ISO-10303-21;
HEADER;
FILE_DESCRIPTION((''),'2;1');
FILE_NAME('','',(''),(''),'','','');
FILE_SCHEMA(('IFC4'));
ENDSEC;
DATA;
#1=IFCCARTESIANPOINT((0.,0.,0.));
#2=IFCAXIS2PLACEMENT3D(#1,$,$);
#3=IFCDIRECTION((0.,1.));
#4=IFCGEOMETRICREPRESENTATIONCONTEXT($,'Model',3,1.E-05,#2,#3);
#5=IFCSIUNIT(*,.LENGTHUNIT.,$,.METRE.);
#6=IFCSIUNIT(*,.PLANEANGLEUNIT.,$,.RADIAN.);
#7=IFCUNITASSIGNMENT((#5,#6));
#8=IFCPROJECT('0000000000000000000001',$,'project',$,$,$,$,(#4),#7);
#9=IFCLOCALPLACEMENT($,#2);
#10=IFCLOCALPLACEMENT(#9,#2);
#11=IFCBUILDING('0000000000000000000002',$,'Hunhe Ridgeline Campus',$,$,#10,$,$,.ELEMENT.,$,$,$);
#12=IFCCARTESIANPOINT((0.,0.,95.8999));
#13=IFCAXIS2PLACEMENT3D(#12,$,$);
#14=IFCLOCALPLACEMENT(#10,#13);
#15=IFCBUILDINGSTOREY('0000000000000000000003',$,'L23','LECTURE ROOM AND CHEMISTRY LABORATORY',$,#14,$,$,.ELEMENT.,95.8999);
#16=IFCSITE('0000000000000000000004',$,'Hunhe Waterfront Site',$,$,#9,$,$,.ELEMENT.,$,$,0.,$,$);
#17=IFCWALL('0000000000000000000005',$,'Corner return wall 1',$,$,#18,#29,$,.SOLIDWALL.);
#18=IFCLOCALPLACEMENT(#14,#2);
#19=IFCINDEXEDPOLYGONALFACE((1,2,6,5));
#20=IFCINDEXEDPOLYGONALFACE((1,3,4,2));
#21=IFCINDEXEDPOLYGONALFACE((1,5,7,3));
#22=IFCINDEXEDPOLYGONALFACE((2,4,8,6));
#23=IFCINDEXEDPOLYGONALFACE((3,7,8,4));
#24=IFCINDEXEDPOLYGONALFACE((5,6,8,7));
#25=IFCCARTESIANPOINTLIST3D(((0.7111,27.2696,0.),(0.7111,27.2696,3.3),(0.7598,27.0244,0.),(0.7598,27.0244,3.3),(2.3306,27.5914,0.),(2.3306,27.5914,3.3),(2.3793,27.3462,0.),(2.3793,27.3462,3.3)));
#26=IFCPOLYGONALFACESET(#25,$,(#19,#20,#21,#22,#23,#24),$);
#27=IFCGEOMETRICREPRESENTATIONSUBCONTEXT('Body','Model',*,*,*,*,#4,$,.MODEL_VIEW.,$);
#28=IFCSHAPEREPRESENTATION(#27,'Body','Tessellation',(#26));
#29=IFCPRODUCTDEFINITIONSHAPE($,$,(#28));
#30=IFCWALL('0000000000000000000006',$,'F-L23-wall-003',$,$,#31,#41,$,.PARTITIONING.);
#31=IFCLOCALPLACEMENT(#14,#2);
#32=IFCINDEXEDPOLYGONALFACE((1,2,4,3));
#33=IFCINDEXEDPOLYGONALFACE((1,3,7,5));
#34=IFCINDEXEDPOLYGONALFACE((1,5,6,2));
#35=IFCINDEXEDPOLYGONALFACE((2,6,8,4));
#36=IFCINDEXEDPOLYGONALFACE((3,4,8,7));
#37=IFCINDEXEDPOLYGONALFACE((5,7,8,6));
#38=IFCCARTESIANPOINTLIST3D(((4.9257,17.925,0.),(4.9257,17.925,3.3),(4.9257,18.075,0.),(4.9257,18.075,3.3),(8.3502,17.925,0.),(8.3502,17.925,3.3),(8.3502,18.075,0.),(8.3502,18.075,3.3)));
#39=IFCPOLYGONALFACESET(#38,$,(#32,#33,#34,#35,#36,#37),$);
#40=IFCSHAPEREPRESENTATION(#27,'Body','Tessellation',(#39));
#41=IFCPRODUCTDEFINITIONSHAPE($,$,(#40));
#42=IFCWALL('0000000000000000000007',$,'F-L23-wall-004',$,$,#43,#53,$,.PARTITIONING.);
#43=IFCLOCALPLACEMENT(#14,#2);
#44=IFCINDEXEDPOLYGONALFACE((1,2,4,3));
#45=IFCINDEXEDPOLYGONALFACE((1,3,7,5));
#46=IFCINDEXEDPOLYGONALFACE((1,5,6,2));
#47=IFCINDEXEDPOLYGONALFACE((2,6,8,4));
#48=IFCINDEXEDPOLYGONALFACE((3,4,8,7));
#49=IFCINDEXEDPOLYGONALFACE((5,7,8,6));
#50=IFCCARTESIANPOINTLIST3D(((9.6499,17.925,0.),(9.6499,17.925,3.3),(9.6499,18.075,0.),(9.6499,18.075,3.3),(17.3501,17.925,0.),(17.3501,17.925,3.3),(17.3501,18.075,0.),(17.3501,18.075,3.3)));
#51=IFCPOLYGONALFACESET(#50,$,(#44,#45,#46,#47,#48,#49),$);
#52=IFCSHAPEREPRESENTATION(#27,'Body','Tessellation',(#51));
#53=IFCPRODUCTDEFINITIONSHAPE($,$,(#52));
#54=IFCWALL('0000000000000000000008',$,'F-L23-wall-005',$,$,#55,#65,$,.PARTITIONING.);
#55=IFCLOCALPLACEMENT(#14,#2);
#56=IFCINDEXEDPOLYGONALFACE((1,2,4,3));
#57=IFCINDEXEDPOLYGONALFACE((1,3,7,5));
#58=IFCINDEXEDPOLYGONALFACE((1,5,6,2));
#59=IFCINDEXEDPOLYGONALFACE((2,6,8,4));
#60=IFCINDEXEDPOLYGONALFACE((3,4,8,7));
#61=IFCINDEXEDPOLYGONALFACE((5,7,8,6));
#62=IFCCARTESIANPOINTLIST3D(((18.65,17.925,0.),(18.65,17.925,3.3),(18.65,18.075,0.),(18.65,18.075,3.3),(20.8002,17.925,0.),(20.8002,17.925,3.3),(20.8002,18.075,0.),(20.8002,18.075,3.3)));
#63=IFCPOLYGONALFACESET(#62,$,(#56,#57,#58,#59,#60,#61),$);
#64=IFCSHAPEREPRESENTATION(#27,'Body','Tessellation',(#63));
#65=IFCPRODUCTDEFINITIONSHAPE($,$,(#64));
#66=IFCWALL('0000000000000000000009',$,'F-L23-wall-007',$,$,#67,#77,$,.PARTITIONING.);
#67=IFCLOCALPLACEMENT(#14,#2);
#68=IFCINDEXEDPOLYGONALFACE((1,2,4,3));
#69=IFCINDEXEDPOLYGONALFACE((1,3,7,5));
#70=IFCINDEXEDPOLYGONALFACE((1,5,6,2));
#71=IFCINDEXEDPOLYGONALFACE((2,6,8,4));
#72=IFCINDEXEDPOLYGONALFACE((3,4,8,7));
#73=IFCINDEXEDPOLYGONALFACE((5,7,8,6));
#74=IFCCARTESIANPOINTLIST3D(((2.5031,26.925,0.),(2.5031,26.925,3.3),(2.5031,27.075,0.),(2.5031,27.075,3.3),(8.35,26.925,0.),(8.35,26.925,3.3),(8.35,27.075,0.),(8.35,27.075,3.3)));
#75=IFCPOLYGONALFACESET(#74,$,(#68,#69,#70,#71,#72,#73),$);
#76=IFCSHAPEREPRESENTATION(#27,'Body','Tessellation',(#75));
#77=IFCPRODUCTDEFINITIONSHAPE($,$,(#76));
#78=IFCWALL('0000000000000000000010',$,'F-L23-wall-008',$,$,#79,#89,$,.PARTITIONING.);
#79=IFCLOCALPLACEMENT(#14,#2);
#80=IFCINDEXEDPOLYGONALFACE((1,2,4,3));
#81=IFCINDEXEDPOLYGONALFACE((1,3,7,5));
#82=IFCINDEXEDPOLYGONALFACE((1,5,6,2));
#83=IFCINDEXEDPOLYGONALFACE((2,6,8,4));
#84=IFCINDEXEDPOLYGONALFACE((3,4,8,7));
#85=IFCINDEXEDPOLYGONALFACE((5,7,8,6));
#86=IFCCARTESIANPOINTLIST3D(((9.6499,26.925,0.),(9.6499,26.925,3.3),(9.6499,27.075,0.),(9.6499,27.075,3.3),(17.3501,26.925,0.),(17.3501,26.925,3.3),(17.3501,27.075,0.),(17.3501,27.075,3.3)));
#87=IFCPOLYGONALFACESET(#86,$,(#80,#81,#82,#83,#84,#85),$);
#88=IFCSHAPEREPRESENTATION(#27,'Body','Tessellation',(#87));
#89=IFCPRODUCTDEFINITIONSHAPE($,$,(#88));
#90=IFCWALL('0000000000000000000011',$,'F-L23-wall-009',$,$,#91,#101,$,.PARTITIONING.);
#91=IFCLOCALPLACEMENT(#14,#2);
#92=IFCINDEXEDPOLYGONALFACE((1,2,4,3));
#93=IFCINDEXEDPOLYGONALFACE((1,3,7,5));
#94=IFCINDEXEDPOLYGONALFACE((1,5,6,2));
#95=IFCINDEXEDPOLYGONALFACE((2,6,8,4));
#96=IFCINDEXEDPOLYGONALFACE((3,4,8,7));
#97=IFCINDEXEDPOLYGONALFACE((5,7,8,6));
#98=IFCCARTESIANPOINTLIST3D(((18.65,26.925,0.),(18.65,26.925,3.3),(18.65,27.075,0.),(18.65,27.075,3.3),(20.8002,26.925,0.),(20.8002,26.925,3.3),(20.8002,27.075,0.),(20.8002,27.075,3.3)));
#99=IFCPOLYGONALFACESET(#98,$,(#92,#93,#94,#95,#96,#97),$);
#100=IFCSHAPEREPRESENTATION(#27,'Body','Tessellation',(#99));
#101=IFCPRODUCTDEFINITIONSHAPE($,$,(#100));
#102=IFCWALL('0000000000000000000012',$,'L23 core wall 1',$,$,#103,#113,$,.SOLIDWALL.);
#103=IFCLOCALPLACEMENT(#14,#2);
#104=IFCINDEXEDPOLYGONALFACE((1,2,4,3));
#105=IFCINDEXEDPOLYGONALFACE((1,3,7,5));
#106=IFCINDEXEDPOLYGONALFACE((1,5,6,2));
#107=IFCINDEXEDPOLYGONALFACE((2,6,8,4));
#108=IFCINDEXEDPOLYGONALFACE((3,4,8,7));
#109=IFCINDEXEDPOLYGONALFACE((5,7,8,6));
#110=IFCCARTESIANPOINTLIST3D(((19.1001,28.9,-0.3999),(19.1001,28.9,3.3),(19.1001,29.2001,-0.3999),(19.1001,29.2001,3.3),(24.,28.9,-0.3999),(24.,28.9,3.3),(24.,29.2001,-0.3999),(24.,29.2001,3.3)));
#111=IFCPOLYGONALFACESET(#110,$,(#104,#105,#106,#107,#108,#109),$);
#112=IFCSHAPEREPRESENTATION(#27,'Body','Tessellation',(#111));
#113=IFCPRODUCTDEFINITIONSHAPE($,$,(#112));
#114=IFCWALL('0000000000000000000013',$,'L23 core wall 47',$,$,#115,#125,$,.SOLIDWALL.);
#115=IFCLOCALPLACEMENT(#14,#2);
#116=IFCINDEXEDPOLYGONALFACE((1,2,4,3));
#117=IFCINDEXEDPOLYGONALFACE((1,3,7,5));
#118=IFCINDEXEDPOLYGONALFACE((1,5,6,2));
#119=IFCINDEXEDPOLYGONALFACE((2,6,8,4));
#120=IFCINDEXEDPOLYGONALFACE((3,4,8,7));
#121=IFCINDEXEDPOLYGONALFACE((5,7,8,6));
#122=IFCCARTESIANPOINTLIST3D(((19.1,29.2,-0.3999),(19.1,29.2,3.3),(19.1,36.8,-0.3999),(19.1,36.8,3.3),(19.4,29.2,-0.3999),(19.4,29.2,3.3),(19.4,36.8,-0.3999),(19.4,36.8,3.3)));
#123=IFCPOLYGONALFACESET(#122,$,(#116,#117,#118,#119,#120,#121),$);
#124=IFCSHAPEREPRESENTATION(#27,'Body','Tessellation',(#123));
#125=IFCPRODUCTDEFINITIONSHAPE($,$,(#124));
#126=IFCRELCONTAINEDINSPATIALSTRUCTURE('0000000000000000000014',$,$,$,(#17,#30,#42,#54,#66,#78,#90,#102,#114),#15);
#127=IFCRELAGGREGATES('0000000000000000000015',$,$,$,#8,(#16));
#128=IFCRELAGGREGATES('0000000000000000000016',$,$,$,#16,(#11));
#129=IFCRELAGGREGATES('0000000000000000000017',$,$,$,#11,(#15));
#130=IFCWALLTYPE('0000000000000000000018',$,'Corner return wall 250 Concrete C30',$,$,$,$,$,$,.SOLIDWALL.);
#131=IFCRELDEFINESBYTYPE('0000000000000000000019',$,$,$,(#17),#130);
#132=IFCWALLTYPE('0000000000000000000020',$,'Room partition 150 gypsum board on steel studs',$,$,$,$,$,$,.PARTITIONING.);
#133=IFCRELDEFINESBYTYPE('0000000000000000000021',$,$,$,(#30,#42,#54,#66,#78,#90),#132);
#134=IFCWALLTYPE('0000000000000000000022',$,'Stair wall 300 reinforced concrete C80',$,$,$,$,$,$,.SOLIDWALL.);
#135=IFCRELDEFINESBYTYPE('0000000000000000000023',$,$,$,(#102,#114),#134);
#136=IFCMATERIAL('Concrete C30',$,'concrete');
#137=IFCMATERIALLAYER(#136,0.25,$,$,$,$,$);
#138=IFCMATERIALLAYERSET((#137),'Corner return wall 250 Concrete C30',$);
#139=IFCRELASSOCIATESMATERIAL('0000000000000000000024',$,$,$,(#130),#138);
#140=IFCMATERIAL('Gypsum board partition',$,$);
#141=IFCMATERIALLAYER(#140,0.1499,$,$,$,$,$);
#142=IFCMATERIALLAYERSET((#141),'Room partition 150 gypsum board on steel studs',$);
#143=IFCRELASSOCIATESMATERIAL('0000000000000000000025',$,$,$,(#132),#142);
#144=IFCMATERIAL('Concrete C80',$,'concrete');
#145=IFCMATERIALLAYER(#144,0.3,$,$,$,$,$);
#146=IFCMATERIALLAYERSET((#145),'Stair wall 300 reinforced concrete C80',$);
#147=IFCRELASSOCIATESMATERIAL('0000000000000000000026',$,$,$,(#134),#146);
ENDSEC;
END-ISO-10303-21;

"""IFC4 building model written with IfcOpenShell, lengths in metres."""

from ifc_helpers import new_model, si_unit, direction, frame, frame_2d, origin, place, context, subcontext, project, spatial, rectangle, extrude, material, layer, layer_set, type_object, element, save


model = new_model("IFC4")

# Units and contexts
model_context = context("Model", 3, precision=1e-05, world=origin(), true_north=direction((0.0, 1.0)))
body_context = subcontext(model_context, "Body", "Model", "MODEL_VIEW")
ifc_project = project(units=[si_unit("LENGTHUNIT", "METRE"), si_unit("PLANEANGLEUNIT", "RADIAN")], contexts=[model_context])

# Site, building, storey
site_placement = place(None, origin())
site = spatial("IfcSite", under=ifc_project, at=site_placement, Name="Hunhe Waterfront Site", CompositionType="ELEMENT", RefElevation=0.0)
building_placement = place(site_placement, origin())
building = spatial("IfcBuilding", under=site, at=building_placement, Name="Hunhe Ridgeline Campus", CompositionType="ELEMENT")
storey_placement = place(building_placement, frame((0.0, 0.0, 95.8999)))
storey = spatial("IfcBuildingStorey", under=building, at=storey_placement, Name="L23", Description="LECTURE ROOM AND CHEMISTRY LABORATORY", CompositionType="ELEMENT", Elevation=95.8999)

# Walls
ifc_material_1 = material(Name="Concrete C30", Category="concrete")
ifc_layer_1 = layer(ifc_material_1, 0.25)
ifc_layer_set_1 = layer_set([ifc_layer_1], Name="Corner return wall 250 Concrete C30")
wall_type_1 = type_object("IfcWallType", Name="Corner return wall 250 Concrete C30", PredefinedType="SOLIDWALL", material=ifc_layer_set_1)
wall_1_placement = place(storey_placement, frame((0.7354, 27.147, 0.0), z_axis=(0.0, 0.0, 1.0), x_axis=(0.980824, 0.194893, 0.0)))
element("IfcWall", 1, at=wall_1_placement, inside=storey, type_object=wall_type_1, Name="Corner return wall 1", PredefinedType="SOLIDWALL", context=body_context, shape_type="SweptSolid", body=[
    extrude(rectangle(XDim=1.6511, YDim=0.25, at=frame_2d((0.8257, 0.0))), origin(), (0.0, 0.0, 1.0), 3.3),
])
ifc_material_2 = material(Name="Gypsum board partition")
ifc_layer_2 = layer(ifc_material_2, 0.1499)
ifc_layer_set_2 = layer_set([ifc_layer_2], Name="Room partition 150 gypsum board on steel studs")
wall_type_2 = type_object("IfcWallType", Name="Room partition 150 gypsum board on steel studs", PredefinedType="PARTITIONING", material=ifc_layer_set_2)
wall_2_placement = place(storey_placement, frame((4.9255, 18.0, 0.0), z_axis=(0.0, 0.0, 1.0), x_axis=(1.0, 0.0, 0.0)))
element("IfcWall", 2, at=wall_2_placement, inside=storey, type_object=wall_type_2, Name="F-L23-wall-003", PredefinedType="PARTITIONING", context=body_context, shape_type="SweptSolid", body=[
    extrude(rectangle(XDim=3.4246, YDim=0.1499, at=frame_2d((1.7124, 0.0))), origin(), (0.0, 0.0, 1.0), 3.3),
])
wall_3_placement = place(storey_placement, frame((9.6499, 18.0, 0.0), z_axis=(0.0, 0.0, 1.0), x_axis=(1.0, 0.0, 0.0)))
element("IfcWall", 3, at=wall_3_placement, inside=storey, type_object=wall_type_2, Name="F-L23-wall-004", PredefinedType="PARTITIONING", context=body_context, shape_type="SweptSolid", body=[
    extrude(rectangle(XDim=7.7002, YDim=0.1499, at=frame_2d((3.8501, 0.0))), origin(), (0.0, 0.0, 1.0), 3.3),
])
wall_4_placement = place(storey_placement, frame((18.6499, 18.0, 0.0), z_axis=(0.0, 0.0, 1.0), x_axis=(1.0, 0.0, 0.0)))
element("IfcWall", 4, at=wall_4_placement, inside=storey, type_object=wall_type_2, Name="F-L23-wall-005", PredefinedType="PARTITIONING", context=body_context, shape_type="SweptSolid", body=[
    extrude(rectangle(XDim=2.1501, YDim=0.1499, at=frame_2d((1.0752, 0.0))), origin(), (0.0, 0.0, 1.0), 3.3),
])
wall_5_placement = place(storey_placement, frame((2.5032, 27.0, 0.0), z_axis=(0.0, 0.0, 1.0), x_axis=(1.0, 0.0, 0.0)))
element("IfcWall", 5, at=wall_5_placement, inside=storey, type_object=wall_type_2, Name="F-L23-wall-007", PredefinedType="PARTITIONING", context=body_context, shape_type="SweptSolid", body=[
    extrude(rectangle(XDim=5.8469, YDim=0.1499, at=frame_2d((2.9233, 0.0))), origin(), (0.0, 0.0, 1.0), 3.3),
])
wall_6_placement = place(storey_placement, frame((9.6499, 27.0, 0.0), z_axis=(0.0, 0.0, 1.0), x_axis=(1.0, 0.0, 0.0)))
element("IfcWall", 6, at=wall_6_placement, inside=storey, type_object=wall_type_2, Name="F-L23-wall-008", PredefinedType="PARTITIONING", context=body_context, shape_type="SweptSolid", body=[
    extrude(rectangle(XDim=7.7002, YDim=0.1499, at=frame_2d((3.8501, 0.0))), origin(), (0.0, 0.0, 1.0), 3.3),
])
wall_7_placement = place(storey_placement, frame((18.6499, 27.0, 0.0), z_axis=(0.0, 0.0, 1.0), x_axis=(1.0, 0.0, 0.0)))
element("IfcWall", 7, at=wall_7_placement, inside=storey, type_object=wall_type_2, Name="F-L23-wall-009", PredefinedType="PARTITIONING", context=body_context, shape_type="SweptSolid", body=[
    extrude(rectangle(XDim=2.1501, YDim=0.1499, at=frame_2d((1.0752, 0.0))), origin(), (0.0, 0.0, 1.0), 3.3),
])
ifc_material_3 = material(Name="Concrete C80", Category="concrete")
ifc_layer_3 = layer(ifc_material_3, 0.3)
ifc_layer_set_3 = layer_set([ifc_layer_3], Name="Stair wall 300 reinforced concrete C80")
wall_type_3 = type_object("IfcWallType", Name="Stair wall 300 reinforced concrete C80", PredefinedType="SOLIDWALL", material=ifc_layer_set_3)
wall_8_placement = place(storey_placement, frame((19.1001, 29.05, -0.3999), z_axis=(0.0, 0.0, 1.0), x_axis=(1.0, 0.0, 0.0)))
element("IfcWall", 8, at=wall_8_placement, inside=storey, type_object=wall_type_3, Name="L23 core wall 1", PredefinedType="SOLIDWALL", context=body_context, shape_type="SweptSolid", body=[
    extrude(rectangle(XDim=4.8999, YDim=0.3, at=frame_2d((2.45, 0.0))), origin(), (0.0, 0.0, 1.0), 3.7),
])
wall_9_placement = place(storey_placement, frame((19.25, 29.2, -0.3999), z_axis=(0.0, 0.0, 1.0), x_axis=(0.0, 1.0, 0.0)))
element("IfcWall", 9, at=wall_9_placement, inside=storey, type_object=wall_type_3, Name="L23 core wall 47", PredefinedType="SOLIDWALL", context=body_context, shape_type="SweptSolid", body=[
    extrude(rectangle(XDim=7.6001, YDim=0.3, at=frame_2d((3.8, 0.0))), origin(), (0.0, 0.0, 1.0), 3.7),
])

save(model, "model.ifc")
